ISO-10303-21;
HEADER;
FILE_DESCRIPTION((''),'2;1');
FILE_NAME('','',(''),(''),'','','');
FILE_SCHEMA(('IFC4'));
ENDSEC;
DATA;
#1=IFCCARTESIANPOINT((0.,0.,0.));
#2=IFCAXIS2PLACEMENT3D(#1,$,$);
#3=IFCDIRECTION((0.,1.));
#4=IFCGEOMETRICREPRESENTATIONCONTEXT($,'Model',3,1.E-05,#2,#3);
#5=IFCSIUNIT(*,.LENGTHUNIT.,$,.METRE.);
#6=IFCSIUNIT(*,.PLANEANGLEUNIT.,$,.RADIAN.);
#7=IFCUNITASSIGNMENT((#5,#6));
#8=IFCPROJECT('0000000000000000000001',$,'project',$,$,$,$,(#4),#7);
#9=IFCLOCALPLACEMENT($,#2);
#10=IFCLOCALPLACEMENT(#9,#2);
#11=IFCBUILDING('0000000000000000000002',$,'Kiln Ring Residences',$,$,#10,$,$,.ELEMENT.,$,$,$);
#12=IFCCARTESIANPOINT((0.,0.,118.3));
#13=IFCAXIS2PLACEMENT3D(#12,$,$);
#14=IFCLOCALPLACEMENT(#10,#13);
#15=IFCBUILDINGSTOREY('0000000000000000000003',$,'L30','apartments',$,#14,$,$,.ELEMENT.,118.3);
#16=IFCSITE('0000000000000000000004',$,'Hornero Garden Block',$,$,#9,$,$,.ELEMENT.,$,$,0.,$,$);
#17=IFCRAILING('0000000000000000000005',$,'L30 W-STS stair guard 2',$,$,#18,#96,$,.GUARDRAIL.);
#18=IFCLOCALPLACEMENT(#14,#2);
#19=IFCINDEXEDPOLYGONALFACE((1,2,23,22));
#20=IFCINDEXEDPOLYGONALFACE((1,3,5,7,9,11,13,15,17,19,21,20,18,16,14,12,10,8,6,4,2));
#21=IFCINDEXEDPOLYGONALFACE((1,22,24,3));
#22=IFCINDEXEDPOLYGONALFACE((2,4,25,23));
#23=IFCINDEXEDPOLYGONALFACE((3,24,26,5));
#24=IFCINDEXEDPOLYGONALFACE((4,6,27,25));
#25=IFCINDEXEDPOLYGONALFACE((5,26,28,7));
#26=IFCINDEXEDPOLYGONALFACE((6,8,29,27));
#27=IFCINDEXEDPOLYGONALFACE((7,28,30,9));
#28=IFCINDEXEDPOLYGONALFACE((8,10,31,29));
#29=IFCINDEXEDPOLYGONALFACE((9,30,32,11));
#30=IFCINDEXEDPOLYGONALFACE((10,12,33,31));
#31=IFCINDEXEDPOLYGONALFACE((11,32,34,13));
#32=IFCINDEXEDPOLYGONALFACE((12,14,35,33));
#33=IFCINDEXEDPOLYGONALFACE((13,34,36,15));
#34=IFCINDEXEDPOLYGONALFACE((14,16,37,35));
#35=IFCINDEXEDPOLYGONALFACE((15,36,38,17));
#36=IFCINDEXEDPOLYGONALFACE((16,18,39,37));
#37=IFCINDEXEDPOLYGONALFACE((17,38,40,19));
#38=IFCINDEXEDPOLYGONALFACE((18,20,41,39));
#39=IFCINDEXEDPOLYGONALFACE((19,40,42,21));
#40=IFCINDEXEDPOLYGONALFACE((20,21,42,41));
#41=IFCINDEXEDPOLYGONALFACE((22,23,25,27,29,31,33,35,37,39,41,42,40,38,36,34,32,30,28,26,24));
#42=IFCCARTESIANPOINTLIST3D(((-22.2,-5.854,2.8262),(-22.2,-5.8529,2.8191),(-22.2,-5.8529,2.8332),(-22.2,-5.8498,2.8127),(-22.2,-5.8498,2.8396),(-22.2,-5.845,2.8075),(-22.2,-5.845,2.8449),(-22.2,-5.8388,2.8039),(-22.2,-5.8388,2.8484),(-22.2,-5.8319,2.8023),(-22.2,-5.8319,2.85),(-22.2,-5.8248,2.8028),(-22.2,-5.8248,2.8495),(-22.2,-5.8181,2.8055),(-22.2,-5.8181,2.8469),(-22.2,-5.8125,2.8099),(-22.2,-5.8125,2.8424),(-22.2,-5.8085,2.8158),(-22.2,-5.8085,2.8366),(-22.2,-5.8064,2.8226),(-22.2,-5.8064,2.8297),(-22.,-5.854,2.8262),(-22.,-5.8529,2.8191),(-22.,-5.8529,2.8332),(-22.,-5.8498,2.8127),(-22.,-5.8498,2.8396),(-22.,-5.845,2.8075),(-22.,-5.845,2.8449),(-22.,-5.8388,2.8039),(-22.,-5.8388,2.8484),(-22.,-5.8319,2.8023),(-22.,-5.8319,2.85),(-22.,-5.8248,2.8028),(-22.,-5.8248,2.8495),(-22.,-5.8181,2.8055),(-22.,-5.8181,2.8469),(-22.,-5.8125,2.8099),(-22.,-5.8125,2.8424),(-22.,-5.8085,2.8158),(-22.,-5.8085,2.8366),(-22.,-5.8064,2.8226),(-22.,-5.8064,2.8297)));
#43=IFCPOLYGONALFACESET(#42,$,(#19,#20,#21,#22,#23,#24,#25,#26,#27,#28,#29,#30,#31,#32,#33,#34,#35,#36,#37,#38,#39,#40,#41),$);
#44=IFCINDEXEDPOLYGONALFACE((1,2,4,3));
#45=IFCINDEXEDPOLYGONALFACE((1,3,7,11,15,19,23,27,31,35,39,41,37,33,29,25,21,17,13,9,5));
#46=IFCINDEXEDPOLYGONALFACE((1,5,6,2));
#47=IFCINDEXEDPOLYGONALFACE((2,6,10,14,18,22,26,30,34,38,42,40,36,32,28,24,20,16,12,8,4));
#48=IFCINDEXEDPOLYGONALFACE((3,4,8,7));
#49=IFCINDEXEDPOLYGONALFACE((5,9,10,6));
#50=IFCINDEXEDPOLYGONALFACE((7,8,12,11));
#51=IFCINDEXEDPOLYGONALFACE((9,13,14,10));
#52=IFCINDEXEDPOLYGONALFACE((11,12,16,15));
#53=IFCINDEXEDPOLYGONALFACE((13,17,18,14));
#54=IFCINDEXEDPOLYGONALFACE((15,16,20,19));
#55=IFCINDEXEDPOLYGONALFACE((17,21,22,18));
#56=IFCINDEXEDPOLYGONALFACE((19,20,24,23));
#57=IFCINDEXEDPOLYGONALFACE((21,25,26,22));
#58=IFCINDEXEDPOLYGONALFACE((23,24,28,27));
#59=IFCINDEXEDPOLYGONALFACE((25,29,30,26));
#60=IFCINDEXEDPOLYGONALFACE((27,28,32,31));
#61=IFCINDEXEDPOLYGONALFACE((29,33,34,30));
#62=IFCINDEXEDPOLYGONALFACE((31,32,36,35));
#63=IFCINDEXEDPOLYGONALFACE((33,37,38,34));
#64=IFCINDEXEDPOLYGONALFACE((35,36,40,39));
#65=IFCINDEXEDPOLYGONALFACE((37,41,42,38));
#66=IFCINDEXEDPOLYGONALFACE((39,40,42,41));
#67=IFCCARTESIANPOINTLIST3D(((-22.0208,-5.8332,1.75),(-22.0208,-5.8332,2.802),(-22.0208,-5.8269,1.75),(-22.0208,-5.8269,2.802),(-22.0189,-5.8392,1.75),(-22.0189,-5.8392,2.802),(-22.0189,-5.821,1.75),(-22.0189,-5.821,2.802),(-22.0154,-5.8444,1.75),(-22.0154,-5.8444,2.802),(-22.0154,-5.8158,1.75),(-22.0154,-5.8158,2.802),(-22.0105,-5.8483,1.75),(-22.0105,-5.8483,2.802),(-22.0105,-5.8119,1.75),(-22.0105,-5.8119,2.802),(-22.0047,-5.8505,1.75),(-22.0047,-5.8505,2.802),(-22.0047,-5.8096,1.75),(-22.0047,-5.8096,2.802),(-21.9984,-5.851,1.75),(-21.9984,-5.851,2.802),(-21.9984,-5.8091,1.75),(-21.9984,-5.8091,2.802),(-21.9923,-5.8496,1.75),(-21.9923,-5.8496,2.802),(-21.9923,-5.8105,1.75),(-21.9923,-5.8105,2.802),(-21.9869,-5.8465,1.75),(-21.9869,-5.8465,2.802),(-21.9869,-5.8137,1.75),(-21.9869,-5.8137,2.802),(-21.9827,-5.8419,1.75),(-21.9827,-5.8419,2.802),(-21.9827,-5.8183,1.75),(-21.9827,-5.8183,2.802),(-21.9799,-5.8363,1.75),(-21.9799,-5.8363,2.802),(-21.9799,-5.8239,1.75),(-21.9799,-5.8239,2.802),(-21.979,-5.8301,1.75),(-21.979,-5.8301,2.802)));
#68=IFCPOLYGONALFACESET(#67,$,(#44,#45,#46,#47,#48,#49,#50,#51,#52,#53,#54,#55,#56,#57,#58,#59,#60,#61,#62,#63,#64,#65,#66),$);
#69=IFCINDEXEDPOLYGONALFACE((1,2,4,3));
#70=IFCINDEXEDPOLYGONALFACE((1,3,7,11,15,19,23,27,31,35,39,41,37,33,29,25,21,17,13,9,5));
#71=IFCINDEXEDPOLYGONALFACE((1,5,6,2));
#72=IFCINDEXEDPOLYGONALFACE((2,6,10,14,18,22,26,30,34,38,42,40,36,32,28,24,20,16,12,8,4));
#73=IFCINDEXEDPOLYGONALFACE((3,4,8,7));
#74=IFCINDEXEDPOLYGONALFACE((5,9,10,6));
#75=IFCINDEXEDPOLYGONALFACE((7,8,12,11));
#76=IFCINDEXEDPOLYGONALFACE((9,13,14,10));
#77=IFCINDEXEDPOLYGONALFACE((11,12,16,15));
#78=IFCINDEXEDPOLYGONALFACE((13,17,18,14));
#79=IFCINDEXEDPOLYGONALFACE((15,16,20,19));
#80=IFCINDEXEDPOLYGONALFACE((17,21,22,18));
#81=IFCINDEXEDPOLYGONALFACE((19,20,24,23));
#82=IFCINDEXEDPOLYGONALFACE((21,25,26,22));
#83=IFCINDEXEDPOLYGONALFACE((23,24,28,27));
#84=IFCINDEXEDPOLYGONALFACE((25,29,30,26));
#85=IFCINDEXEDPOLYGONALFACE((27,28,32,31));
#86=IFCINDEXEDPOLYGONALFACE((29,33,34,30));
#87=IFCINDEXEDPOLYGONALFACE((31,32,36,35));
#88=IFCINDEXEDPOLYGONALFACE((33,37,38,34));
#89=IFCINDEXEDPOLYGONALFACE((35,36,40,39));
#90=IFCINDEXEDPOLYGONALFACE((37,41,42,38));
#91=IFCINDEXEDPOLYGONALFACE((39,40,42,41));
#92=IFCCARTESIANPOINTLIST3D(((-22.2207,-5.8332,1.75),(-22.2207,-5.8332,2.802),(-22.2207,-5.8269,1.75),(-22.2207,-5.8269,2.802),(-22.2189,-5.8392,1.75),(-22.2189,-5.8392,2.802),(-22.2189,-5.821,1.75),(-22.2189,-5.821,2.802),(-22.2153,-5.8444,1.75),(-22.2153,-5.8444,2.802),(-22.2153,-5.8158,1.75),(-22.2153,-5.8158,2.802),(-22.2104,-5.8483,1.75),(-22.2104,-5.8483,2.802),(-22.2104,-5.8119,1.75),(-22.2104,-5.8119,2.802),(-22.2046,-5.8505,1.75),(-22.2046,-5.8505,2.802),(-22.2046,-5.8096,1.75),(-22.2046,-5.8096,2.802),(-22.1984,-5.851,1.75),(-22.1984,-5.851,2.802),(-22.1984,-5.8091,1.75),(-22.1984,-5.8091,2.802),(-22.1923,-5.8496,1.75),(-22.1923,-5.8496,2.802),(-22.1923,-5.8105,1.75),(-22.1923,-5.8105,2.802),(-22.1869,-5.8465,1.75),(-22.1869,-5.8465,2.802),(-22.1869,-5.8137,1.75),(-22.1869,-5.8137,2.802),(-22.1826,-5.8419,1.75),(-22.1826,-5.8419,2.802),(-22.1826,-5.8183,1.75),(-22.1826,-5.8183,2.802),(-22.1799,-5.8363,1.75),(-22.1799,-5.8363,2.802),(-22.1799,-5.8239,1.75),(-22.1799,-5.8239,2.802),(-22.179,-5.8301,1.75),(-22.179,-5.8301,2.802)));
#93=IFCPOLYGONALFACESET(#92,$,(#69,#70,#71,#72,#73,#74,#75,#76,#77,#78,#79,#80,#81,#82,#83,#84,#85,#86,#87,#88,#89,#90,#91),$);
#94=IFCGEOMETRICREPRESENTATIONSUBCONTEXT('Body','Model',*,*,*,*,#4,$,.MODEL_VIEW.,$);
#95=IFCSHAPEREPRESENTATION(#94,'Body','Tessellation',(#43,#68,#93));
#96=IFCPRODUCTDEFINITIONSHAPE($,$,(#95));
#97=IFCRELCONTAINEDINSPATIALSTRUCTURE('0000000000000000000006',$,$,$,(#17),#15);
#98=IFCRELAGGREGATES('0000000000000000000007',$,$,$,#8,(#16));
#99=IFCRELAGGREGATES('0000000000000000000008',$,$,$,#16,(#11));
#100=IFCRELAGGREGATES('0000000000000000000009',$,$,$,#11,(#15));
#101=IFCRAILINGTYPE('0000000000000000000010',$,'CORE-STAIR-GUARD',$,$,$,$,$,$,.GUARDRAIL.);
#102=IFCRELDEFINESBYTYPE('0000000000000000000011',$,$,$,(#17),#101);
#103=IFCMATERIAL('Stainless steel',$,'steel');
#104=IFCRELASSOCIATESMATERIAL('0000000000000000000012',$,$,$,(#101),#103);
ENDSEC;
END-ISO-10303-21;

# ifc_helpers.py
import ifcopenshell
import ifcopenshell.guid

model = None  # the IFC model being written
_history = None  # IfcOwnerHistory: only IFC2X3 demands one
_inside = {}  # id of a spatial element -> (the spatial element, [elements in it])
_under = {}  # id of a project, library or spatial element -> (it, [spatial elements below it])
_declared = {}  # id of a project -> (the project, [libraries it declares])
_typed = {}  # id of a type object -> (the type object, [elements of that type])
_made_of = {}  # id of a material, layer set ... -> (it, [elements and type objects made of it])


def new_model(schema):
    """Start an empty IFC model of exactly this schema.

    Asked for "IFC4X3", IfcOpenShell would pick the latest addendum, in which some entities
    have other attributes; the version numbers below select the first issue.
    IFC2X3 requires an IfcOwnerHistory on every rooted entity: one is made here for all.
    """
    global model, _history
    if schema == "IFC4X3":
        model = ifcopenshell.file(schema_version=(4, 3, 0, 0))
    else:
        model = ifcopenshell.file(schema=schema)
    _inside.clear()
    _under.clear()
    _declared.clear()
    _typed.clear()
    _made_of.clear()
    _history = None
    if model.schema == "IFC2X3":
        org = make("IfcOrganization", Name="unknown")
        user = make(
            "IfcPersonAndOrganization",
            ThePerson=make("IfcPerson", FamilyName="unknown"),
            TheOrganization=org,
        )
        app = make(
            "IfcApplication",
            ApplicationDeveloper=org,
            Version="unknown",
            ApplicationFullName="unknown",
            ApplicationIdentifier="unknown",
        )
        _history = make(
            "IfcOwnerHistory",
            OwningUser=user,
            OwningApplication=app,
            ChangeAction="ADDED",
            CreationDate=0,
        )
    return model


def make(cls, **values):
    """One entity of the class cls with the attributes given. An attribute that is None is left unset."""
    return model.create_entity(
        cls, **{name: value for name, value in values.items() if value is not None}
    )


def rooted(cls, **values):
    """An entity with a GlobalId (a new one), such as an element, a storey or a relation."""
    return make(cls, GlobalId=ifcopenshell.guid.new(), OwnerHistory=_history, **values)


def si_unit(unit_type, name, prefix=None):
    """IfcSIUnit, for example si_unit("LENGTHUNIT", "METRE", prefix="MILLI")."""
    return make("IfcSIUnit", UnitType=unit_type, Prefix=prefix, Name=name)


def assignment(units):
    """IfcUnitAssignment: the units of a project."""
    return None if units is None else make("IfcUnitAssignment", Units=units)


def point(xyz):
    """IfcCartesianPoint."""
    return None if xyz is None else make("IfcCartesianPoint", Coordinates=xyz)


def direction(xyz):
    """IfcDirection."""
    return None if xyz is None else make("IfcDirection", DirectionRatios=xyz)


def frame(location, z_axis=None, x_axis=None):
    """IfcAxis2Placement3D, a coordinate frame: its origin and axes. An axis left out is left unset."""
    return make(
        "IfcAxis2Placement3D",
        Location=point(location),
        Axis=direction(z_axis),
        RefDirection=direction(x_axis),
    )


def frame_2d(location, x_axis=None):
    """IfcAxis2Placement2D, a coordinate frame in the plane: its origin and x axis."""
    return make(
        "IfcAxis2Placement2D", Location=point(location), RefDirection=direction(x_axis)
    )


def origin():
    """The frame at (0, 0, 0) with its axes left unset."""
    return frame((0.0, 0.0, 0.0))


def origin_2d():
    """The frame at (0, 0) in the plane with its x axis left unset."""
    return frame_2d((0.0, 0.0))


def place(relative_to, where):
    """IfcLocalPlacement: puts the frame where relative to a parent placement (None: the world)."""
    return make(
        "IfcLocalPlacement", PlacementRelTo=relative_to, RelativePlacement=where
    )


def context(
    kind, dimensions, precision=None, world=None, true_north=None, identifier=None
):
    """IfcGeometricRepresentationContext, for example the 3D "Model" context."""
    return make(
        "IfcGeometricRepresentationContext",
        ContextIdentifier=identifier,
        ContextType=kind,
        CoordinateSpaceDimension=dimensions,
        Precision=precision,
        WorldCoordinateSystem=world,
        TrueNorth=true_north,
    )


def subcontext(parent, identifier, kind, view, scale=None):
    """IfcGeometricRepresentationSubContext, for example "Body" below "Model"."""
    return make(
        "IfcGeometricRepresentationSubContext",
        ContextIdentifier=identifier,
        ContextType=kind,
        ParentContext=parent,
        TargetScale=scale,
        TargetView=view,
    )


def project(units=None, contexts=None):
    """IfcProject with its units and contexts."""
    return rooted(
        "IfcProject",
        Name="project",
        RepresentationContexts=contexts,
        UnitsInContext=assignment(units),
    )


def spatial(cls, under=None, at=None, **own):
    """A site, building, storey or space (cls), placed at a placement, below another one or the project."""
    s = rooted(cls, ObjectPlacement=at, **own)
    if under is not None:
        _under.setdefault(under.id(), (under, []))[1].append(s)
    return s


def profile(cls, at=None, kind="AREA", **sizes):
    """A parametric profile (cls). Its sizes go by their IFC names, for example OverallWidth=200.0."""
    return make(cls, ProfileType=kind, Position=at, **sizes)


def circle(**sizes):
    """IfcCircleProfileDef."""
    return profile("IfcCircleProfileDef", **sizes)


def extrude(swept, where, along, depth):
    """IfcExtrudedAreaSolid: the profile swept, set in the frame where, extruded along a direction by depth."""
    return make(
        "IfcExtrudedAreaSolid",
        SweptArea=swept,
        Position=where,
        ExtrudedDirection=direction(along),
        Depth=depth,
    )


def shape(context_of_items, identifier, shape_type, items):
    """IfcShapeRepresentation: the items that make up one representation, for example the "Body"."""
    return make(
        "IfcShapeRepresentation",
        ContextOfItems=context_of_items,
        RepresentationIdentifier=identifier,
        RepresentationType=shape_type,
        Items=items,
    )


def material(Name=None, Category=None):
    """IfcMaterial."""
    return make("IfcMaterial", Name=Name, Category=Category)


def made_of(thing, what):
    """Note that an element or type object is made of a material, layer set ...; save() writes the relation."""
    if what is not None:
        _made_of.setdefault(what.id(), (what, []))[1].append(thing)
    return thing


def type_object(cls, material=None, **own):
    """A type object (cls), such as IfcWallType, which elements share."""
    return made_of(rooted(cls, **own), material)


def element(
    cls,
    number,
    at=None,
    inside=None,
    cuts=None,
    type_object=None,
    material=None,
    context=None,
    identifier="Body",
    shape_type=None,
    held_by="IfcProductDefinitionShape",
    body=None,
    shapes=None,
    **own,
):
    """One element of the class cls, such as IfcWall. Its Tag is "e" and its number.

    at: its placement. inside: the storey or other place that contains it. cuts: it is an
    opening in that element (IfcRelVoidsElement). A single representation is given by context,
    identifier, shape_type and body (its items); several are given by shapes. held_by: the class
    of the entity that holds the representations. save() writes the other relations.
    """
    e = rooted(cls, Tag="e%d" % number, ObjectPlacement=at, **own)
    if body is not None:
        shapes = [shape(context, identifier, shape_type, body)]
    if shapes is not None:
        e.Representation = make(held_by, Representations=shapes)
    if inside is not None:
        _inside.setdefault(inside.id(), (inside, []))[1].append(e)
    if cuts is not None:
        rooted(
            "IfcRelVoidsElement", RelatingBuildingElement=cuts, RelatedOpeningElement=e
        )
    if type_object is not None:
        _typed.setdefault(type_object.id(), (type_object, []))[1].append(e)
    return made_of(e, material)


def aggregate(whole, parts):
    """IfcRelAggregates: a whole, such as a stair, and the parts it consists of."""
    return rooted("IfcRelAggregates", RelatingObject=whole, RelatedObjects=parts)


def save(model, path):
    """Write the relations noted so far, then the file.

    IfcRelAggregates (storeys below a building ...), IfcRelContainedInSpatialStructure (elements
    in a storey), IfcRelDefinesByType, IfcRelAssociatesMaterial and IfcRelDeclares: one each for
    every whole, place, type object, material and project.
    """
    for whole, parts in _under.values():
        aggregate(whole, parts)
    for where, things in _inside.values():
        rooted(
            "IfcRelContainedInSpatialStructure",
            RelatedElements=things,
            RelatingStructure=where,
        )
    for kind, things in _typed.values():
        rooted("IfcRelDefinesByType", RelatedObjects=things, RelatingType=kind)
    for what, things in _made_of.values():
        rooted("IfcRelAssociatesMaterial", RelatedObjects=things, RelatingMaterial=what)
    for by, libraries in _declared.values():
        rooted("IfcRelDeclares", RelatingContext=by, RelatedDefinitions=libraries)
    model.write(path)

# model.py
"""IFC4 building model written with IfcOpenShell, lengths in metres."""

from ifc_helpers import new_model, si_unit, direction, frame, origin, origin_2d, place, context, subcontext, project, spatial, circle, extrude, material, type_object, element, save


model = new_model("IFC4")

# Units and contexts
model_context = context("Model", 3, precision=1e-05, world=origin(), true_north=direction((0.0, 1.0)))
body_context = subcontext(model_context, "Body", "Model", "MODEL_VIEW")
ifc_project = project(units=[si_unit("LENGTHUNIT", "METRE"), si_unit("PLANEANGLEUNIT", "RADIAN")], contexts=[model_context])

# Site, building, storey
site_placement = place(None, origin())
site = spatial("IfcSite", under=ifc_project, at=site_placement, Name="Hornero Garden Block", CompositionType="ELEMENT", RefElevation=0.0)
building_placement = place(site_placement, origin())
building = spatial("IfcBuilding", under=site, at=building_placement, Name="Kiln Ring Residences", CompositionType="ELEMENT")
storey_placement = place(building_placement, frame((0.0, 0.0, 118.3)))
storey = spatial("IfcBuildingStorey", under=building, at=storey_placement, Name="L30", Description="apartments", CompositionType="ELEMENT", Elevation=118.3)

# Railing
ifc_material_1 = material(Name="Stainless steel", Category="steel")
railing_type_1 = type_object("IfcRailingType", Name="CORE-STAIR-GUARD", PredefinedType="GUARDRAIL", material=ifc_material_1)
railing_1_placement = place(storey_placement, frame((-22.0, -5.8301, 1.75)))
element("IfcRailing", 1, at=railing_1_placement, inside=storey, type_object=railing_type_1, Name="L30 W-STS stair guard 2", PredefinedType="GUARDRAIL", context=body_context, shape_type="SweptSolid", body=[
    extrude(circle(Radius=0.0239, at=origin_2d()), frame((0.0, 0.0, 1.0762), z_axis=(-1.0, 0.0, 0.0), x_axis=(0.0, -1.0, 0.0)), (0.0, 0.0, 1.0), 0.2),
    extrude(circle(Radius=0.021, at=origin_2d()), origin(), (0.0, 0.0, 1.0), 1.052),
    extrude(circle(Radius=0.021, at=origin_2d()), frame((-0.2, 0.0, 0.0)), (0.0, 0.0, 1.0), 1.052),
])

save(model, "model.ifc")
